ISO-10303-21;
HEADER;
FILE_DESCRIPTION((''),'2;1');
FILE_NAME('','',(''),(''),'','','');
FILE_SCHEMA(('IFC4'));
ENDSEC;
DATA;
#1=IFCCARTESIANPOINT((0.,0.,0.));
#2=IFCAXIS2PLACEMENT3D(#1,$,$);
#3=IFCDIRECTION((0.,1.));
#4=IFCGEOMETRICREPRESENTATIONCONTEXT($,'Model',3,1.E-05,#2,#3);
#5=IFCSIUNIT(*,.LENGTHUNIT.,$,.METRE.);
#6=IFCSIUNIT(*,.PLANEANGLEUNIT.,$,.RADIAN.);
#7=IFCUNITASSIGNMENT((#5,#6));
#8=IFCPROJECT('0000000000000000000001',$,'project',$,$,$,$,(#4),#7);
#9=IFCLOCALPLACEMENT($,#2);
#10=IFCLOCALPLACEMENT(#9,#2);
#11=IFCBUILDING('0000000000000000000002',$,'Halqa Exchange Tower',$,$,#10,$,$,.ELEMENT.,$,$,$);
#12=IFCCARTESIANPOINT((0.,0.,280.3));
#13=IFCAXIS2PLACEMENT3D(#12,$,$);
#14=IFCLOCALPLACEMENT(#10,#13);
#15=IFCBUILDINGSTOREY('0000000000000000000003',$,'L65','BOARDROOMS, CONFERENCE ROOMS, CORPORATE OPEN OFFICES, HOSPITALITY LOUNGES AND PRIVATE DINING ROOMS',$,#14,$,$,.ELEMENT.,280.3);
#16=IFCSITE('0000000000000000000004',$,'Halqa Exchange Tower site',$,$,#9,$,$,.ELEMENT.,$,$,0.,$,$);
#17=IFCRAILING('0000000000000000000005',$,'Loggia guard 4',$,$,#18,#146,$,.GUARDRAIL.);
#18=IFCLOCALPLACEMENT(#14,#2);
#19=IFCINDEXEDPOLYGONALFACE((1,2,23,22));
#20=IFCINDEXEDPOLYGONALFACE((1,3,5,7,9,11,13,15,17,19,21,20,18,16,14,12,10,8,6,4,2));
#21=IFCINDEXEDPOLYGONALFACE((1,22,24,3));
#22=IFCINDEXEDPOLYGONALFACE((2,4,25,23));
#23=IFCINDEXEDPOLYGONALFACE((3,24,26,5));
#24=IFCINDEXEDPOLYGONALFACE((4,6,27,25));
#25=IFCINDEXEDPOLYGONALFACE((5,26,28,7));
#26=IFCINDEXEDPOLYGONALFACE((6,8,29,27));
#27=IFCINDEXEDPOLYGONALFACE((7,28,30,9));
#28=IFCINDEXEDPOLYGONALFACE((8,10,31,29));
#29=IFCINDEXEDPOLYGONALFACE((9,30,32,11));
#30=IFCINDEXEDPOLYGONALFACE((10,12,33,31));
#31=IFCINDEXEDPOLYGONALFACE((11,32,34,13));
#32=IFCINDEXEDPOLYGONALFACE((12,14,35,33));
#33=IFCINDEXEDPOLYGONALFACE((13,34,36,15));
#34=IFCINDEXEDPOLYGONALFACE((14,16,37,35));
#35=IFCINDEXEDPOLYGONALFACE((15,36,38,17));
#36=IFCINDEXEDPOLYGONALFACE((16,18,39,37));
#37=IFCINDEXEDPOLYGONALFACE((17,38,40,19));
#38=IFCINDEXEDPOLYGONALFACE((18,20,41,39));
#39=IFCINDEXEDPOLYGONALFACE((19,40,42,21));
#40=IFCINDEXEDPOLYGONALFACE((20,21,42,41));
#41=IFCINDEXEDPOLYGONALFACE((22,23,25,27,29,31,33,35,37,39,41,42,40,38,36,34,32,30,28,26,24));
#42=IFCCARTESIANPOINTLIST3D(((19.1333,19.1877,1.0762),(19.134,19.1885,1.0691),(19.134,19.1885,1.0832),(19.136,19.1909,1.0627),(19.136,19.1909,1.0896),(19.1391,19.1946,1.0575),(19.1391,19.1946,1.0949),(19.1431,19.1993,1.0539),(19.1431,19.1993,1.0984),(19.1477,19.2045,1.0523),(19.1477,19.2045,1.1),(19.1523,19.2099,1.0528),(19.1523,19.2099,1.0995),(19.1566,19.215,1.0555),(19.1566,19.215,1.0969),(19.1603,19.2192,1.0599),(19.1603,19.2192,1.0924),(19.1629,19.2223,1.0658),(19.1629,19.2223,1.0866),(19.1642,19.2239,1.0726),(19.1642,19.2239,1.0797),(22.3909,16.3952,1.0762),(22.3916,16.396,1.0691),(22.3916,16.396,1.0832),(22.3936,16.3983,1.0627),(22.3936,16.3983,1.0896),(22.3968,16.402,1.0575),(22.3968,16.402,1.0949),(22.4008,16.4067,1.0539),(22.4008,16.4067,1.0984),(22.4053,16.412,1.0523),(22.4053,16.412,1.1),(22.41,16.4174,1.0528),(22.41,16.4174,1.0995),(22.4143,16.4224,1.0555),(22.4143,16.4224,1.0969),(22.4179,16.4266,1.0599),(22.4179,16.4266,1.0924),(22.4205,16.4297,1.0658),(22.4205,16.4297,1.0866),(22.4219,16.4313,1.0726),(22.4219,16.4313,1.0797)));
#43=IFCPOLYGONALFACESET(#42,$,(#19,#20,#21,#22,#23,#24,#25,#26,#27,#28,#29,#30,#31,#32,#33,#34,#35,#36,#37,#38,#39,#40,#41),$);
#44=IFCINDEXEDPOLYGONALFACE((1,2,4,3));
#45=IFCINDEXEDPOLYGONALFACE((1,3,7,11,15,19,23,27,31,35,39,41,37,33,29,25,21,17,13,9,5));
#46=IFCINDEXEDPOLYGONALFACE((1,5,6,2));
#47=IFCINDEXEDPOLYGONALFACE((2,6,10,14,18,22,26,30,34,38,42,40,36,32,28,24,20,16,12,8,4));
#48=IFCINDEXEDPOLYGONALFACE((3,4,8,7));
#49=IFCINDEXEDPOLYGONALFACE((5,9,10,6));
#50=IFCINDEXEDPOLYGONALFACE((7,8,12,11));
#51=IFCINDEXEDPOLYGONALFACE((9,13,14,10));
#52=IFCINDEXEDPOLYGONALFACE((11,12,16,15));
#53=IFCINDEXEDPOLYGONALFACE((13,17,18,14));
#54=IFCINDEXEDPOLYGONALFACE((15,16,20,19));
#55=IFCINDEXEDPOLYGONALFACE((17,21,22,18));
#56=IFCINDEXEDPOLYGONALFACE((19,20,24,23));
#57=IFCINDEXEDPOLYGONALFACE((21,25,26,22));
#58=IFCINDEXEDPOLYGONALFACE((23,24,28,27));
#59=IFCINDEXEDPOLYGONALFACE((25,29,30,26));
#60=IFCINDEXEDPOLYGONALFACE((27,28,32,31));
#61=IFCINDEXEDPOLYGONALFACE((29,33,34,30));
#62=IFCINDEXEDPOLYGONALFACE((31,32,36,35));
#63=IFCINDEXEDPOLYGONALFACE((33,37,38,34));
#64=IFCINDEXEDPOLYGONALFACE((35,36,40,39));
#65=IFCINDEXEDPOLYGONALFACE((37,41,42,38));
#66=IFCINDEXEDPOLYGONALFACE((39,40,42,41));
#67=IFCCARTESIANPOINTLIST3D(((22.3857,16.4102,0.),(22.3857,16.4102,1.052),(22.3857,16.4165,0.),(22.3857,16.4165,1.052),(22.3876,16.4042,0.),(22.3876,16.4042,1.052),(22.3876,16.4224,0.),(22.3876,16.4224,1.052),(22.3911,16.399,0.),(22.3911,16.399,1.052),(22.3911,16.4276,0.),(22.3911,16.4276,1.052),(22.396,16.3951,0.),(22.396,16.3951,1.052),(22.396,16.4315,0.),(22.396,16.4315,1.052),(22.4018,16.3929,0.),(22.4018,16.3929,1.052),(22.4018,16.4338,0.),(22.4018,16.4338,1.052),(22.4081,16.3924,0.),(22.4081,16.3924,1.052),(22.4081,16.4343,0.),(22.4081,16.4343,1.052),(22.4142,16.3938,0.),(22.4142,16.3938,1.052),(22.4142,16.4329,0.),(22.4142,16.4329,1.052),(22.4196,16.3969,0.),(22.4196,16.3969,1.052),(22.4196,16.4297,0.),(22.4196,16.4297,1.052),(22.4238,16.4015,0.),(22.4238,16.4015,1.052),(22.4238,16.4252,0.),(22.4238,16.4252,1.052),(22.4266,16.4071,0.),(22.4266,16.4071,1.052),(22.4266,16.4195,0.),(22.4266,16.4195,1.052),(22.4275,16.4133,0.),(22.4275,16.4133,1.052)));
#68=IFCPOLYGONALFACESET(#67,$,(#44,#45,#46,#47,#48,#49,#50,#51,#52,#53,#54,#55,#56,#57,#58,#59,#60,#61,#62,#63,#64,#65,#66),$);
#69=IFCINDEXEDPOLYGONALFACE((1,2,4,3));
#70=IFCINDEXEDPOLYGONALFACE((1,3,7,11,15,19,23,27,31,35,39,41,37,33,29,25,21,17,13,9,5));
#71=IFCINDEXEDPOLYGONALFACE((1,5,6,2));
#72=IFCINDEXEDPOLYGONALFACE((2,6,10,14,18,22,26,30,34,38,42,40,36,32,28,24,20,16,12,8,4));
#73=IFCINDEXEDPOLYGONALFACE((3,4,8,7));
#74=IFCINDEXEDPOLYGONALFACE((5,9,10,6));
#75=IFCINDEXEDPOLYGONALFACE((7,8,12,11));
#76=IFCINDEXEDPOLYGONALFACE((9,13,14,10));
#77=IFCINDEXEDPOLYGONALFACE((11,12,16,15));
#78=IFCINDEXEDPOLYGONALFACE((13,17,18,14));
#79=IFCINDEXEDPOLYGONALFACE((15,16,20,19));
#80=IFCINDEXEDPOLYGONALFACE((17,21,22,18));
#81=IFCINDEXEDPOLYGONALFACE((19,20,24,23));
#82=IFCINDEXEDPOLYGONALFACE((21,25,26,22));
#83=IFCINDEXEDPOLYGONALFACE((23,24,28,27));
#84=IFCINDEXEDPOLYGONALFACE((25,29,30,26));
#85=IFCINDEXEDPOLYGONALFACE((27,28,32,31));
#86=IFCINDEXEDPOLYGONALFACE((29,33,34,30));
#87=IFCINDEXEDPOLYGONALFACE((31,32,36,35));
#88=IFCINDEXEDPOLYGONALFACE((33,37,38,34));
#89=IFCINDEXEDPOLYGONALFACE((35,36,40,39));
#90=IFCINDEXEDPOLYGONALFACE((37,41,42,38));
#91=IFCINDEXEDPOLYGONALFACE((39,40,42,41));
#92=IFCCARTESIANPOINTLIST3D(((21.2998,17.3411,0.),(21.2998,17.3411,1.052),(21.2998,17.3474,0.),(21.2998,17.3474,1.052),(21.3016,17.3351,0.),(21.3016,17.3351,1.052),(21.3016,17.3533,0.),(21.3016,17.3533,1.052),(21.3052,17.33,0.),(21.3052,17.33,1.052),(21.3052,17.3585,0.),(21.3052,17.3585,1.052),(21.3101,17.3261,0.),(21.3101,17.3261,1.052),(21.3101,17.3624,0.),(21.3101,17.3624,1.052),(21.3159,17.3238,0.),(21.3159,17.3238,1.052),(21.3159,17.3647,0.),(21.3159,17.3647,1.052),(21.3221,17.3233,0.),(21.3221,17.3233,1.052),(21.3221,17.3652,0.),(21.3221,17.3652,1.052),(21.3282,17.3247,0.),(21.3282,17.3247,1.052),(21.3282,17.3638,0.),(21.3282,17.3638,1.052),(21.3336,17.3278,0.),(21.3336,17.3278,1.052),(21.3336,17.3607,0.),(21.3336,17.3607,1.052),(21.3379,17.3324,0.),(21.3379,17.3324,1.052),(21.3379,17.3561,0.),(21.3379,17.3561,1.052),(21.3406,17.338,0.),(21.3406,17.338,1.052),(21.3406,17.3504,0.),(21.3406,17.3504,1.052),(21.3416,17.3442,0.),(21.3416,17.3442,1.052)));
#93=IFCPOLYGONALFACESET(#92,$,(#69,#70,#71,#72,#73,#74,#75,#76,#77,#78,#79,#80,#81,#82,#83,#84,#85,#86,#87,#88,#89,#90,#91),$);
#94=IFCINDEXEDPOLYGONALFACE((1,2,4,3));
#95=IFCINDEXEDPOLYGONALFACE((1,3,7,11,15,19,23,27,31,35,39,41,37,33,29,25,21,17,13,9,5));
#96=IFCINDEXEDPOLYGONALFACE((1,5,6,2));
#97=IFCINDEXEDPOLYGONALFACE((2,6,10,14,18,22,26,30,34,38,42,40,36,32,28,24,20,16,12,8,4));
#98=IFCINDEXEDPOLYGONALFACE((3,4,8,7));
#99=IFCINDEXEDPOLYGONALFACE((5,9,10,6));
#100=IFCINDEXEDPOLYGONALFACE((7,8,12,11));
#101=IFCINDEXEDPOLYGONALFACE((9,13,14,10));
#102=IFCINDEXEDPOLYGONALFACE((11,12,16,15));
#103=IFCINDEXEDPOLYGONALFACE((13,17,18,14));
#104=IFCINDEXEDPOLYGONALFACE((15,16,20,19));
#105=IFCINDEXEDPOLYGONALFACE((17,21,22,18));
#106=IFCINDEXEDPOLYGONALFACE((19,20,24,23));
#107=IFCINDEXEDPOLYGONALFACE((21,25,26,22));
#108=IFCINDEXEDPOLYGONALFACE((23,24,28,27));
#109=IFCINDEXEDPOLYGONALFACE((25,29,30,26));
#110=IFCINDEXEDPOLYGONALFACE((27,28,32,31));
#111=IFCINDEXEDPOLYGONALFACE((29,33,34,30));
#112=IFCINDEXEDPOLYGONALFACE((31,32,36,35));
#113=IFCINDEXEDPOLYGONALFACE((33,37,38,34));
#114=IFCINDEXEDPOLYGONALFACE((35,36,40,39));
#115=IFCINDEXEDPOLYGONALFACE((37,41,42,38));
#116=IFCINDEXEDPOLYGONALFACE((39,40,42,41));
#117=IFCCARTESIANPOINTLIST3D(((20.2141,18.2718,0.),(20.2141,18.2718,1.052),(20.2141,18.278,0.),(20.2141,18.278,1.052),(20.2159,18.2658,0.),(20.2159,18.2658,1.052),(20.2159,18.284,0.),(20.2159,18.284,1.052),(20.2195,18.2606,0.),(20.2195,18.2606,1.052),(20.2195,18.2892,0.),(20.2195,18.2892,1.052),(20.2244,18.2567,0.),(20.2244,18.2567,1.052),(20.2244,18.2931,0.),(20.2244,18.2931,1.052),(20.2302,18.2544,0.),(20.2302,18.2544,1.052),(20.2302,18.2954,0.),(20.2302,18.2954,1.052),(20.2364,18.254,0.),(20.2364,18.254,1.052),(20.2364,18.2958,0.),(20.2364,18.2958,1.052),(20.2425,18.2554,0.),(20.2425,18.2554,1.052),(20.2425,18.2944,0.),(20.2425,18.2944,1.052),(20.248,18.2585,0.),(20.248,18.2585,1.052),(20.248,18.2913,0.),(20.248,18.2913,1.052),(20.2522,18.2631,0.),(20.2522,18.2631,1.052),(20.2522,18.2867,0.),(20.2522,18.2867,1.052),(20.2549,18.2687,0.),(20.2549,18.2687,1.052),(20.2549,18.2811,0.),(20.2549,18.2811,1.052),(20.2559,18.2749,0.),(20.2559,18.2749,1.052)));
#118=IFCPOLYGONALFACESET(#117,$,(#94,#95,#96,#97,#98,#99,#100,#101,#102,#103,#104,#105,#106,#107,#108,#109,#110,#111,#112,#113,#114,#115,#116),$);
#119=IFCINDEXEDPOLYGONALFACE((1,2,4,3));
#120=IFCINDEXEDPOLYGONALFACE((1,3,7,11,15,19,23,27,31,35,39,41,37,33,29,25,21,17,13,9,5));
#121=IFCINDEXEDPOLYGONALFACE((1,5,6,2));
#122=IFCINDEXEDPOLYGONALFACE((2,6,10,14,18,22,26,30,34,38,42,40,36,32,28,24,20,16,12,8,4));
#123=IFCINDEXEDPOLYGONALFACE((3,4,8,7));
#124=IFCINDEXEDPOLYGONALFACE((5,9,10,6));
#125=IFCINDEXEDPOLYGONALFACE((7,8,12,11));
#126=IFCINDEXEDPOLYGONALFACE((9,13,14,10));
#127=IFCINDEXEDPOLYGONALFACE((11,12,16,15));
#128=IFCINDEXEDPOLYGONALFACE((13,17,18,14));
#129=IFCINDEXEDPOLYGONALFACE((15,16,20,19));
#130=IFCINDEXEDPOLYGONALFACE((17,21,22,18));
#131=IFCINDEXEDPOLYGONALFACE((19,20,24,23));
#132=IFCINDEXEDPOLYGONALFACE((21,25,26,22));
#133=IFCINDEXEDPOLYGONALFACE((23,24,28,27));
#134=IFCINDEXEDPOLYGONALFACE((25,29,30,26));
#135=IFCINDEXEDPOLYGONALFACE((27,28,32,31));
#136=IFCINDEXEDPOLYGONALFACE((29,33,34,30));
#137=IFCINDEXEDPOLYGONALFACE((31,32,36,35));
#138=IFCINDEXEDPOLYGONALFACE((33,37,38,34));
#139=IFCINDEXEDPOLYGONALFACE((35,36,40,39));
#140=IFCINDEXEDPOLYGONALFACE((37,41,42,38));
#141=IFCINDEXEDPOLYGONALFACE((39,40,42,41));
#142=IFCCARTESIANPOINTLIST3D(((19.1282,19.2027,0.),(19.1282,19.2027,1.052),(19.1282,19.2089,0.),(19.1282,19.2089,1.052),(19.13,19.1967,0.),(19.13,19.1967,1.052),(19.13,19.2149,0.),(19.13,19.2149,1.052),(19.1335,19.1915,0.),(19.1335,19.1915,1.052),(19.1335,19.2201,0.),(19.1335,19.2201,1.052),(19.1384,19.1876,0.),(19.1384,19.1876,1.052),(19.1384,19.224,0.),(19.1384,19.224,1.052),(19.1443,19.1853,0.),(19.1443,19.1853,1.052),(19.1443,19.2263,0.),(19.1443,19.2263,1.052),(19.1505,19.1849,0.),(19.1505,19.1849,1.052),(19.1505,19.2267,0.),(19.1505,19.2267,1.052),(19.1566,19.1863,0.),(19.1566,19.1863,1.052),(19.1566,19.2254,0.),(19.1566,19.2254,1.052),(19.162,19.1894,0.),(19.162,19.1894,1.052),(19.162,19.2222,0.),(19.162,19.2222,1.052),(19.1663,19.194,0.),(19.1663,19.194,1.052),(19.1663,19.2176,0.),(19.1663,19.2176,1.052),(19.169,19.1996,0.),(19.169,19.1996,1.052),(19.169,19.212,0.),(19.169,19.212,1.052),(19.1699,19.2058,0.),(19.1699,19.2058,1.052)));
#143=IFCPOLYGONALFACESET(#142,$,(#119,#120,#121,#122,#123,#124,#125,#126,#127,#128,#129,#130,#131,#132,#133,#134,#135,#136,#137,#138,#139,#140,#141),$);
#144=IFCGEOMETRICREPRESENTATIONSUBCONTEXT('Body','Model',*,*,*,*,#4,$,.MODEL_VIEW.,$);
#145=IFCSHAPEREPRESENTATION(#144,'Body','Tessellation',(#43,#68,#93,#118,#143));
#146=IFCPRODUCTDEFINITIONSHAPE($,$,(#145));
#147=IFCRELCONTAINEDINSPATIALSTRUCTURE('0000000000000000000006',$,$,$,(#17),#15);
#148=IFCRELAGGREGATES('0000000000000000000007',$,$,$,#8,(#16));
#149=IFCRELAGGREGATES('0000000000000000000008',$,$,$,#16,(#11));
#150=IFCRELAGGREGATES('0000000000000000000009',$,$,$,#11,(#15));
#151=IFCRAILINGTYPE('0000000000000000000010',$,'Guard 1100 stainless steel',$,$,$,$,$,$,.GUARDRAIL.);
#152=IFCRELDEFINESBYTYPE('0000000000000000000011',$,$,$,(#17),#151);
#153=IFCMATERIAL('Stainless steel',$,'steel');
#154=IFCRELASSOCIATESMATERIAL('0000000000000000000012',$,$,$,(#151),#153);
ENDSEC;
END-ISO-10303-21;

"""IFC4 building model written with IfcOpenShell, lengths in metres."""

from ifc_helpers import new_model, si_unit, direction, frame, origin, origin_2d, place, context, subcontext, project, spatial, circle, extrude, material, type_object, element, save


model = new_model("IFC4")

# Units and contexts
model_context = context("Model", 3, precision=1e-05, world=origin(), true_north=direction((0.0, 1.0)))
body_context = subcontext(model_context, "Body", "Model", "MODEL_VIEW")
ifc_project = project(units=[si_unit("LENGTHUNIT", "METRE"), si_unit("PLANEANGLEUNIT", "RADIAN")], contexts=[model_context])

# Site, building, storey
site_placement = place(None, origin())
site = spatial("IfcSite", under=ifc_project, at=site_placement, Name="Halqa Exchange Tower site", CompositionType="ELEMENT", RefElevation=0.0)
building_placement = place(site_placement, origin())
building = spatial("IfcBuilding", under=site, at=building_placement, Name="Halqa Exchange Tower", CompositionType="ELEMENT")
storey_placement = place(building_placement, frame((0.0, 0.0, 280.3)))
storey = spatial("IfcBuildingStorey", under=building, at=storey_placement, Name="L65", Description="BOARDROOMS, CONFERENCE ROOMS, CORPORATE OPEN OFFICES, HOSPITALITY LOUNGES AND PRIVATE DINING ROOMS", CompositionType="ELEMENT", Elevation=280.3)

# Railing
ifc_material_1 = material(Name="Stainless steel", Category="steel")
railing_type = type_object("IfcRailingType", Name="Guard 1100 stainless steel", PredefinedType="GUARDRAIL", material=ifc_material_1)
railing_1_placement = place(storey_placement, frame((22.4065, 16.4133, 0.0)))
element("IfcRailing", 1, at=railing_1_placement, inside=storey, type_object=railing_type, Name="Loggia guard 4", PredefinedType="GUARDRAIL", context=body_context, shape_type="SweptSolid", body=[
    extrude(circle(Radius=0.0239, at=origin_2d()), frame((0.0, 0.0, 1.0762), z_axis=(-0.759224, 0.650829, 0.0), x_axis=(-0.650829, -0.759224, 0.0)), (0.0, 0.0, 1.0), 4.2908),
    extrude(circle(Radius=0.021, at=origin_2d()), origin(), (0.0, 0.0, 1.0), 1.052),
    extrude(circle(Radius=0.021, at=origin_2d()), frame((-1.0859, 0.9309, 0.0)), (0.0, 0.0, 1.0), 1.052),
    extrude(circle(Radius=0.021, at=origin_2d()), frame((-2.1716, 1.8616, 0.0)), (0.0, 0.0, 1.0), 1.052),
    extrude(circle(Radius=0.021, at=origin_2d()), frame((-3.2576, 2.7925, 0.0)), (0.0, 0.0, 1.0), 1.052),
])

save(model, "model.ifc")
